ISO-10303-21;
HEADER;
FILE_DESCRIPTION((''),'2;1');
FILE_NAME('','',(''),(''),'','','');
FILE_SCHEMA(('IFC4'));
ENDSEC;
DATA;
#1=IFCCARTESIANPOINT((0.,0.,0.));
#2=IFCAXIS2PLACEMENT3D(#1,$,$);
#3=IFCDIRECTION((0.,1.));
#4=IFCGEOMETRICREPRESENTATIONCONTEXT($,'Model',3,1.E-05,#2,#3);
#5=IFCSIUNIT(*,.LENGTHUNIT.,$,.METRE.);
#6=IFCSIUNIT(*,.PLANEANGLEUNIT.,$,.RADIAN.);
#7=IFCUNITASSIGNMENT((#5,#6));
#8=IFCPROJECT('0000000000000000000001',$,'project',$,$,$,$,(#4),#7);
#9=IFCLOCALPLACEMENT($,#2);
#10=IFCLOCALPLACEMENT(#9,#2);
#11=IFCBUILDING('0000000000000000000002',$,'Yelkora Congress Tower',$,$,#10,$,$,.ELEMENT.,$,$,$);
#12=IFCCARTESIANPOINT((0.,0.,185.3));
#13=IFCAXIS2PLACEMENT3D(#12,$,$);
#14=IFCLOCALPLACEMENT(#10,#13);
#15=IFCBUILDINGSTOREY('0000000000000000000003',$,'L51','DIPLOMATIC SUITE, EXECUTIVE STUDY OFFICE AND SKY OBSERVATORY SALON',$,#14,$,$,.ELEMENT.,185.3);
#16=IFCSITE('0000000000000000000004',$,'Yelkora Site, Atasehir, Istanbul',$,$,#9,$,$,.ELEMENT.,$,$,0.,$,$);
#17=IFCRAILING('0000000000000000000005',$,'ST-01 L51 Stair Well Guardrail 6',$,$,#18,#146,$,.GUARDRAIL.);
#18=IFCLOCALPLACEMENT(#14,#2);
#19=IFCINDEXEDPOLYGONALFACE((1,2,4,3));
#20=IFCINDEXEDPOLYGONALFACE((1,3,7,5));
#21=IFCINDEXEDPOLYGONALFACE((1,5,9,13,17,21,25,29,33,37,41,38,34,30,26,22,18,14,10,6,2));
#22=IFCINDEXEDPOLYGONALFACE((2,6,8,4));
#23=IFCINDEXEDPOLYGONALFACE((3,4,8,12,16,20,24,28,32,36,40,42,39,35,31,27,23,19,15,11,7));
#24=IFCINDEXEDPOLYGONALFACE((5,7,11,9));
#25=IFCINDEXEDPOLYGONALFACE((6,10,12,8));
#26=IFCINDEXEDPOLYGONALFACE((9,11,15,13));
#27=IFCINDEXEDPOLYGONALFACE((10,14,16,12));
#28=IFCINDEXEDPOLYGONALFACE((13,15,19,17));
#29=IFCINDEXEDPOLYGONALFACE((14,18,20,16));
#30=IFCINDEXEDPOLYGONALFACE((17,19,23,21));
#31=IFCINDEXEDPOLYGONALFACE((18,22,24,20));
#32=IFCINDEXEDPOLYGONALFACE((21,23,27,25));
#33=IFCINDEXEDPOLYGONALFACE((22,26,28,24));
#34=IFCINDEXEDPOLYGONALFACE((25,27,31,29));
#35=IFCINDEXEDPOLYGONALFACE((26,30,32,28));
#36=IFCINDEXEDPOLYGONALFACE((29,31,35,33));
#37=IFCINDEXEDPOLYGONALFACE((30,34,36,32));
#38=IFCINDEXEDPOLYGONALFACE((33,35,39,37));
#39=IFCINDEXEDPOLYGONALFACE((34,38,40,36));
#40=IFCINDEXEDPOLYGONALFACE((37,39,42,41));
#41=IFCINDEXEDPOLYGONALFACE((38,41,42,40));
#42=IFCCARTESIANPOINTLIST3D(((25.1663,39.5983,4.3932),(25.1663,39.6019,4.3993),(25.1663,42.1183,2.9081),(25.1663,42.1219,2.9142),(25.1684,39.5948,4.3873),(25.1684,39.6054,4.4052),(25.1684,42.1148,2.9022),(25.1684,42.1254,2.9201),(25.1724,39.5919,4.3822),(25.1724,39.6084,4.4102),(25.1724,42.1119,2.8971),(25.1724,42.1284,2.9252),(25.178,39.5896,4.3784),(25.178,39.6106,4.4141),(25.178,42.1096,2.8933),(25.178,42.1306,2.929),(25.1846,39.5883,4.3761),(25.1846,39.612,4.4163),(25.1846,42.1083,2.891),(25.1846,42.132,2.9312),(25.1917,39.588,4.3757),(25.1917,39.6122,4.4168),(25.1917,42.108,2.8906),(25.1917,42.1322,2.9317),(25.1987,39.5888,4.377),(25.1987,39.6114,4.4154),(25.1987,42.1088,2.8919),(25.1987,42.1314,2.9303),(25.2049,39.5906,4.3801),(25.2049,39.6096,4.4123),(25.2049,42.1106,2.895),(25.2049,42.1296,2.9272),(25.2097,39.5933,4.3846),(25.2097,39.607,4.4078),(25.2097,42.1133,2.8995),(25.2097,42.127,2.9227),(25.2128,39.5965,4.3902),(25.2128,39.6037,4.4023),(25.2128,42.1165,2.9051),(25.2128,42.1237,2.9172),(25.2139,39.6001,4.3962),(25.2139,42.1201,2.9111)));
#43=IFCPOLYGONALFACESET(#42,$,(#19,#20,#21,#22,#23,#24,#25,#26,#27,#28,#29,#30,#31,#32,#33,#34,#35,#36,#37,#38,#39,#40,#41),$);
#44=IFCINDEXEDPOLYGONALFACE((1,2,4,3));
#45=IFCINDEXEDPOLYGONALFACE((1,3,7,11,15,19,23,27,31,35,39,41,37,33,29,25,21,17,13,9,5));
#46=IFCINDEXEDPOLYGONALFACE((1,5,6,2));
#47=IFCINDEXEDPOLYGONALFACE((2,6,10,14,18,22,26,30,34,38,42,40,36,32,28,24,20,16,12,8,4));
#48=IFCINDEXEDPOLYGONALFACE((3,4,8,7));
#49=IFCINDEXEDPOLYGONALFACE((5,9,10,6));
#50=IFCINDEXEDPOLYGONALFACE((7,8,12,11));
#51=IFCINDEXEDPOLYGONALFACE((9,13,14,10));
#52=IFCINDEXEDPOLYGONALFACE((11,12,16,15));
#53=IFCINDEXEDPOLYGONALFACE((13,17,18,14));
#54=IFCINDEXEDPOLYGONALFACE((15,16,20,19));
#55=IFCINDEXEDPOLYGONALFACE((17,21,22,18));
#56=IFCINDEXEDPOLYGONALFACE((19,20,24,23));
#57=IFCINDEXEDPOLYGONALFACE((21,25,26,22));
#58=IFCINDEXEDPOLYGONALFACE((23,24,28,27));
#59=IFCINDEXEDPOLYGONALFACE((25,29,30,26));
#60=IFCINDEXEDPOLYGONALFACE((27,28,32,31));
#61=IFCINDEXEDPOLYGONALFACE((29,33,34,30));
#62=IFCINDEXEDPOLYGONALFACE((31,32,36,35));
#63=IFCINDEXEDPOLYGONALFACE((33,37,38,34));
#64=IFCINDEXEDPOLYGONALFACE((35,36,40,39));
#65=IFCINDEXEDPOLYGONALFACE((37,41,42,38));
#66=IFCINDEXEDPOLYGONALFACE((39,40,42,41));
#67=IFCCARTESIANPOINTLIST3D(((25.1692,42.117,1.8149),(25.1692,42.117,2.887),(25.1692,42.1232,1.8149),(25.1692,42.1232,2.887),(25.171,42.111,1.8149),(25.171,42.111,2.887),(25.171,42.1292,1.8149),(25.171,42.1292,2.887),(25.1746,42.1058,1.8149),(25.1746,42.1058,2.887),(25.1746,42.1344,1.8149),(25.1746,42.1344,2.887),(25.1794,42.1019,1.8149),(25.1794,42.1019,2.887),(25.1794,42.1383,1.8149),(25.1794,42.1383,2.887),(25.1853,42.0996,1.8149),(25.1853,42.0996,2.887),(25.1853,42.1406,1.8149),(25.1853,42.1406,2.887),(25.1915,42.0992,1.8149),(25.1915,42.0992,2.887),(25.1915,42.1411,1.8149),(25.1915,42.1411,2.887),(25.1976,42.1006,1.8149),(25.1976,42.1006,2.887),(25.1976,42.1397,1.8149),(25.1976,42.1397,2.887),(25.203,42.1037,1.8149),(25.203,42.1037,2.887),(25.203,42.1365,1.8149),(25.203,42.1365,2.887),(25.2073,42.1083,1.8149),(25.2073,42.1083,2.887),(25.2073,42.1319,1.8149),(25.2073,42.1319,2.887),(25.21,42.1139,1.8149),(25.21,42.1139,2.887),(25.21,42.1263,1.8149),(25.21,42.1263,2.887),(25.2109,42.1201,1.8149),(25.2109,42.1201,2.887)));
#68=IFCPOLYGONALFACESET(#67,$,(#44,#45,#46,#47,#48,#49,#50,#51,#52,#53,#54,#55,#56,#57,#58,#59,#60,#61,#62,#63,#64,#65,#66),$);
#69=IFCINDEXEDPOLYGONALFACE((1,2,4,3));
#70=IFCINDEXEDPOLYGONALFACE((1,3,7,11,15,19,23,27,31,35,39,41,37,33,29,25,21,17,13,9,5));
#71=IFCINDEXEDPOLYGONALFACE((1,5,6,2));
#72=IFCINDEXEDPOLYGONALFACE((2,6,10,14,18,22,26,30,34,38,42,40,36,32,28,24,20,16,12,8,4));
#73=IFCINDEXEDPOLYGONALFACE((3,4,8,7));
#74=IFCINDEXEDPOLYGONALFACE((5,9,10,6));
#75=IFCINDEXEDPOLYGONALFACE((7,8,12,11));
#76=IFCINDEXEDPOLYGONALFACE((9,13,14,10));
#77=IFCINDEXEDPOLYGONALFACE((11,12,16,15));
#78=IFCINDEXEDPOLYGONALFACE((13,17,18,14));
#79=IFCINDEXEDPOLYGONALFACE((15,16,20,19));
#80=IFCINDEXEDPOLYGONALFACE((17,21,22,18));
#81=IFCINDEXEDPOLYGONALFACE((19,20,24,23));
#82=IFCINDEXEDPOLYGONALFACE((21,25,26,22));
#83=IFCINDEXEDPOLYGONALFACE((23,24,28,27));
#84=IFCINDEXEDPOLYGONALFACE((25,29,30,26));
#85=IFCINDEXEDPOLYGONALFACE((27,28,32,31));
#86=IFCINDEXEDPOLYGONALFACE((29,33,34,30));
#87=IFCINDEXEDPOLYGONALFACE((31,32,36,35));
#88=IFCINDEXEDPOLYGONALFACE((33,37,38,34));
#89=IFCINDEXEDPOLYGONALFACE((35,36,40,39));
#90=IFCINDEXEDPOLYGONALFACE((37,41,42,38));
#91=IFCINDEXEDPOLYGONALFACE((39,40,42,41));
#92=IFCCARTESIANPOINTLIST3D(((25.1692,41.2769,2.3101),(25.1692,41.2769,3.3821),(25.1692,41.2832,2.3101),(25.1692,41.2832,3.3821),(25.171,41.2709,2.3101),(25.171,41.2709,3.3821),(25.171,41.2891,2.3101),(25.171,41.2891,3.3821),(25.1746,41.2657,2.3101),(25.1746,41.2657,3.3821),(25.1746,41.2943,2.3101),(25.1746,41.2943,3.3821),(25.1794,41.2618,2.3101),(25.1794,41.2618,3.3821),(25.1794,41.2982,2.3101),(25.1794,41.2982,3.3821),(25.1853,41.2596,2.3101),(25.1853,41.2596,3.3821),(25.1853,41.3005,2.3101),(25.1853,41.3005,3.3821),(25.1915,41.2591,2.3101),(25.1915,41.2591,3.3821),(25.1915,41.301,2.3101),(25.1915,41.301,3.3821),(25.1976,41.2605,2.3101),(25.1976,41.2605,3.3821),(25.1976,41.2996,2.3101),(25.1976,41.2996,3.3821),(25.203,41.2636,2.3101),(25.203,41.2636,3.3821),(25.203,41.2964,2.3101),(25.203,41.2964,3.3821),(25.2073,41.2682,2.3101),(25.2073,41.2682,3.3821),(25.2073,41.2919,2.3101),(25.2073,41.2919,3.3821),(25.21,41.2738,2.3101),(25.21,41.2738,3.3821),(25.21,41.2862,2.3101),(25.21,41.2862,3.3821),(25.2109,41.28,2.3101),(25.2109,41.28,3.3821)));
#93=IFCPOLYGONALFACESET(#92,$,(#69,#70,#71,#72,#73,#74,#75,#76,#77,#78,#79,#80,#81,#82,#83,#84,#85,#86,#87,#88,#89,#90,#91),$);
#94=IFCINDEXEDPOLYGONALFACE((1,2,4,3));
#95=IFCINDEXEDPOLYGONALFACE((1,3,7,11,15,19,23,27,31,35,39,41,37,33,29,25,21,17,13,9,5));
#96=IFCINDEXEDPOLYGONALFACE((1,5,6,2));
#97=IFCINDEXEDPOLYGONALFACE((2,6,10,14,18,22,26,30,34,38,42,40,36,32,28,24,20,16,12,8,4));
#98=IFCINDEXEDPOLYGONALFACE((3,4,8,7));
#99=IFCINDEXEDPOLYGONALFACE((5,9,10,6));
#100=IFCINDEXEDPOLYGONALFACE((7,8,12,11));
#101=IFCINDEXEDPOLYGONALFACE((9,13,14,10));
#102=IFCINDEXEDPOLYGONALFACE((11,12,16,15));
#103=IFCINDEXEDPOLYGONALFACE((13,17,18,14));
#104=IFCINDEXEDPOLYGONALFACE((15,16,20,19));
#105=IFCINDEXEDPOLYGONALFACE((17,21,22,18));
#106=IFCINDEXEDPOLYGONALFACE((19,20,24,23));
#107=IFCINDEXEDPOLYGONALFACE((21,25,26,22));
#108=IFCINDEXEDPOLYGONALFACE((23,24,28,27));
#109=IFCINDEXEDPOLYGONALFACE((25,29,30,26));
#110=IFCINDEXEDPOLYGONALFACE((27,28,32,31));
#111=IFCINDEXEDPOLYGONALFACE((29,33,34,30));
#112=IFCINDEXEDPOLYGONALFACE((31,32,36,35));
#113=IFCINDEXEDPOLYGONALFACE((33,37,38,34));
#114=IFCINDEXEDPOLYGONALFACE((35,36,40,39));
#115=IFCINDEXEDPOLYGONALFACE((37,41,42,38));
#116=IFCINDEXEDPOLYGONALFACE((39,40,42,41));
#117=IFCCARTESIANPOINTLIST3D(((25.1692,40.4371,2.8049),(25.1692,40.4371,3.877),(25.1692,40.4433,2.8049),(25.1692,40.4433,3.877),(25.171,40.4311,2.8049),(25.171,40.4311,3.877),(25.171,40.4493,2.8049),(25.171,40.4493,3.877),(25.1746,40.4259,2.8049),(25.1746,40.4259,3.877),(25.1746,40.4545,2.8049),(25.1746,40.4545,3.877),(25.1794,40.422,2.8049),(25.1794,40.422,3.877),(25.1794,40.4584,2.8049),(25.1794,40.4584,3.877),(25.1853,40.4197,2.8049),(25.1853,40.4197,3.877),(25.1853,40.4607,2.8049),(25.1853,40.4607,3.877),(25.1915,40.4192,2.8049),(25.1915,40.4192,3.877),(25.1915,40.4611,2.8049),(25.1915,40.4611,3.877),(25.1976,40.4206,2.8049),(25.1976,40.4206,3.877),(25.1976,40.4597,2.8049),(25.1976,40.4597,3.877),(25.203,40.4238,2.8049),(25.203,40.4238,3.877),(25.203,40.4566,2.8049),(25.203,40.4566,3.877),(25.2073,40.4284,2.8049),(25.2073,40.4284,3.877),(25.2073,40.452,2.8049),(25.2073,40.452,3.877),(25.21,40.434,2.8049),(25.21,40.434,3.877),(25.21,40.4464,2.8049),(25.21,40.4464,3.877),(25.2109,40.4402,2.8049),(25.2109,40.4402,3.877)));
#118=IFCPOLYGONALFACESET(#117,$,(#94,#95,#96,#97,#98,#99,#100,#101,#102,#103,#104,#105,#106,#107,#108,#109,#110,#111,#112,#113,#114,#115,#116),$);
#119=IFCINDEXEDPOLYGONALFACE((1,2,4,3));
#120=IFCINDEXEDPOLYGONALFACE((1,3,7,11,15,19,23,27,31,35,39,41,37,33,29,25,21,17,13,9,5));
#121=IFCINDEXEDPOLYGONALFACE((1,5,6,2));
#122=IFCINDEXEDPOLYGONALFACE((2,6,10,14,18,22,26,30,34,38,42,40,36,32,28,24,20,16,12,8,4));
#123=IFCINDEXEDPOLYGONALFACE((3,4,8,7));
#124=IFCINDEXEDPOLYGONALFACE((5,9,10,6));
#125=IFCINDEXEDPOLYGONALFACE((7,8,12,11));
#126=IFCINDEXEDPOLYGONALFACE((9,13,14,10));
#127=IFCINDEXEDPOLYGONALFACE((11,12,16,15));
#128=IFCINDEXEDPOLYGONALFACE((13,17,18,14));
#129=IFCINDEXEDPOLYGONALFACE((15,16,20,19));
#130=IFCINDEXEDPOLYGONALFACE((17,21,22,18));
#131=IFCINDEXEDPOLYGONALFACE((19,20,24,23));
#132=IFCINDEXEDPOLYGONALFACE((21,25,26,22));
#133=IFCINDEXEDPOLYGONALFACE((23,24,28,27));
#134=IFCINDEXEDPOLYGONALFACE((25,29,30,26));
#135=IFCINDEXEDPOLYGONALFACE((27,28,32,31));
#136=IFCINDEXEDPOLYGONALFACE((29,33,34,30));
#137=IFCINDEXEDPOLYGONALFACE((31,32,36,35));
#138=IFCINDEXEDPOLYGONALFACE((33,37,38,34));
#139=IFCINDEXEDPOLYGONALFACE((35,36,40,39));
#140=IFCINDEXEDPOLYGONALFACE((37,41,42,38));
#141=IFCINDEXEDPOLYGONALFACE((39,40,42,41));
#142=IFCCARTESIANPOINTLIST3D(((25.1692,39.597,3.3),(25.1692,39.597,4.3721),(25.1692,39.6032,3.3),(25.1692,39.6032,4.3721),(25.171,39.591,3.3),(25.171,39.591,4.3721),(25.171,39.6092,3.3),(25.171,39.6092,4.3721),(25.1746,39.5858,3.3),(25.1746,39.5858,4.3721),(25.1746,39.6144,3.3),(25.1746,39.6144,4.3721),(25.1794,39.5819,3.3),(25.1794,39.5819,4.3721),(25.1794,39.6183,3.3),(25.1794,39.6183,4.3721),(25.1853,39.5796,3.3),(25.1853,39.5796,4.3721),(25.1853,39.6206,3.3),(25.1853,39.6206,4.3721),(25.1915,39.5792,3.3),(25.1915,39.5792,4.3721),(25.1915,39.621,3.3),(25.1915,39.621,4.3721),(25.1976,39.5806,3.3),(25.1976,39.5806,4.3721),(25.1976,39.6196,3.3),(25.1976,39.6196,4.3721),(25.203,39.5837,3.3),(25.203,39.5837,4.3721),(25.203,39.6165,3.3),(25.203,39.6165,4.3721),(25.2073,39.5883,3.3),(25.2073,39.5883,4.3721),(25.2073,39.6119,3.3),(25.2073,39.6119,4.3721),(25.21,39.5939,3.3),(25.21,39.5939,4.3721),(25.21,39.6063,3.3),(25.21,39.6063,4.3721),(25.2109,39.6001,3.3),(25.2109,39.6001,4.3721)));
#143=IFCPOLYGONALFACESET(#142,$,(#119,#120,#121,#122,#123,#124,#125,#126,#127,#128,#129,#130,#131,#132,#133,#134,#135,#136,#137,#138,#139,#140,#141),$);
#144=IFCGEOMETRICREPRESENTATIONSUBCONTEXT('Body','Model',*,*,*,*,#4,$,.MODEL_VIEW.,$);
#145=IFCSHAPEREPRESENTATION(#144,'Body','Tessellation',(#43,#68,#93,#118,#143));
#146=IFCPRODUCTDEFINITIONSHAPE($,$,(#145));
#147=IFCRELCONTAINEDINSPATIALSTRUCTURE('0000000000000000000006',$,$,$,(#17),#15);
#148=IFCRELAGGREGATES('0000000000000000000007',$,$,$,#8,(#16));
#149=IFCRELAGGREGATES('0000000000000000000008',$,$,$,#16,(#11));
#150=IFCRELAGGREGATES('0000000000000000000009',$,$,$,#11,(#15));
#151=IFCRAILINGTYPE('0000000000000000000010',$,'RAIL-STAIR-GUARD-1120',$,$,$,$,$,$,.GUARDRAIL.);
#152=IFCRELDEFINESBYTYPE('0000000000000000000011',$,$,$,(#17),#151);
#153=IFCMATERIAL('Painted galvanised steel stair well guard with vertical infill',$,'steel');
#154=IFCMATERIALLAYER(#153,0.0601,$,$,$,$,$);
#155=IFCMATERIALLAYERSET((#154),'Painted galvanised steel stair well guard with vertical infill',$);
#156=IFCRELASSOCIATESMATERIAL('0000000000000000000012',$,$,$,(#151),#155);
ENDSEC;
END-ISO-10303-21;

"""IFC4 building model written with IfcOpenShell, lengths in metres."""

from ifc_helpers import new_model, si_unit, direction, frame, origin, origin_2d, place, context, subcontext, project, spatial, circle, extrude, material, layer, layer_set, type_object, element, save


model = new_model("IFC4")

# Units and contexts
model_context = context("Model", 3, precision=1e-05, world=origin(), true_north=direction((0.0, 1.0)))
body_context = subcontext(model_context, "Body", "Model", "MODEL_VIEW")
ifc_project = project(units=[si_unit("LENGTHUNIT", "METRE"), si_unit("PLANEANGLEUNIT", "RADIAN")], contexts=[model_context])

# Site, building, storey
site_placement = place(None, origin())
site = spatial("IfcSite", under=ifc_project, at=site_placement, Name="Yelkora Site, Atasehir, Istanbul", CompositionType="ELEMENT", RefElevation=0.0)
building_placement = place(site_placement, origin())
building = spatial("IfcBuilding", under=site, at=building_placement, Name="Yelkora Congress Tower", CompositionType="ELEMENT")
storey_placement = place(building_placement, frame((0.0, 0.0, 185.3)))
storey = spatial("IfcBuildingStorey", under=building, at=storey_placement, Name="L51", Description="DIPLOMATIC SUITE, EXECUTIVE STUDY OFFICE AND SKY OBSERVATORY SALON", CompositionType="ELEMENT", Elevation=185.3)

# Railing
ifc_material_1 = material(Name="Painted galvanised steel stair well guard with vertical infill", Category="steel")
ifc_layer_1 = layer(ifc_material_1, 0.0601)
ifc_layer_set_1 = layer_set([ifc_layer_1], Name="Painted galvanised steel stair well guard with vertical infill")
railing_type = type_object("IfcRailingType", Name="RAIL-STAIR-GUARD-1120", PredefinedType="GUARDRAIL", material=ifc_layer_set_1)
railing_1_placement = place(storey_placement, frame((25.1899, 42.1201, 1.8149)))
element("IfcRailing", 1, at=railing_1_placement, inside=storey, type_object=railing_type, Name="ST-01 L51 Stair Well Guardrail 6", PredefinedType="GUARDRAIL", context=body_context, shape_type="SweptSolid", body=[
    extrude(circle(Radius=0.0239, at=origin_2d()), frame((0.0, 0.0, 1.0962), z_axis=(0.0, -0.861524, 0.507717), x_axis=(1.0, 0.0, 0.0)), (0.0, 0.0, 1.0), 2.925),
    extrude(circle(Radius=0.021, at=origin_2d()), origin(), (0.0, 0.0, 1.0), 1.072),
    extrude(circle(Radius=0.021, at=origin_2d()), frame((0.0, -0.8401, 0.4951)), (0.0, 0.0, 1.0), 1.072),
    extrude(circle(Radius=0.021, at=origin_2d()), frame((0.0, -1.6799, 0.99)), (0.0, 0.0, 1.0), 1.072),
    extrude(circle(Radius=0.021, at=origin_2d()), frame((0.0, -2.52, 1.4851)), (0.0, 0.0, 1.0), 1.072),
])

save(model, "model.ifc")
